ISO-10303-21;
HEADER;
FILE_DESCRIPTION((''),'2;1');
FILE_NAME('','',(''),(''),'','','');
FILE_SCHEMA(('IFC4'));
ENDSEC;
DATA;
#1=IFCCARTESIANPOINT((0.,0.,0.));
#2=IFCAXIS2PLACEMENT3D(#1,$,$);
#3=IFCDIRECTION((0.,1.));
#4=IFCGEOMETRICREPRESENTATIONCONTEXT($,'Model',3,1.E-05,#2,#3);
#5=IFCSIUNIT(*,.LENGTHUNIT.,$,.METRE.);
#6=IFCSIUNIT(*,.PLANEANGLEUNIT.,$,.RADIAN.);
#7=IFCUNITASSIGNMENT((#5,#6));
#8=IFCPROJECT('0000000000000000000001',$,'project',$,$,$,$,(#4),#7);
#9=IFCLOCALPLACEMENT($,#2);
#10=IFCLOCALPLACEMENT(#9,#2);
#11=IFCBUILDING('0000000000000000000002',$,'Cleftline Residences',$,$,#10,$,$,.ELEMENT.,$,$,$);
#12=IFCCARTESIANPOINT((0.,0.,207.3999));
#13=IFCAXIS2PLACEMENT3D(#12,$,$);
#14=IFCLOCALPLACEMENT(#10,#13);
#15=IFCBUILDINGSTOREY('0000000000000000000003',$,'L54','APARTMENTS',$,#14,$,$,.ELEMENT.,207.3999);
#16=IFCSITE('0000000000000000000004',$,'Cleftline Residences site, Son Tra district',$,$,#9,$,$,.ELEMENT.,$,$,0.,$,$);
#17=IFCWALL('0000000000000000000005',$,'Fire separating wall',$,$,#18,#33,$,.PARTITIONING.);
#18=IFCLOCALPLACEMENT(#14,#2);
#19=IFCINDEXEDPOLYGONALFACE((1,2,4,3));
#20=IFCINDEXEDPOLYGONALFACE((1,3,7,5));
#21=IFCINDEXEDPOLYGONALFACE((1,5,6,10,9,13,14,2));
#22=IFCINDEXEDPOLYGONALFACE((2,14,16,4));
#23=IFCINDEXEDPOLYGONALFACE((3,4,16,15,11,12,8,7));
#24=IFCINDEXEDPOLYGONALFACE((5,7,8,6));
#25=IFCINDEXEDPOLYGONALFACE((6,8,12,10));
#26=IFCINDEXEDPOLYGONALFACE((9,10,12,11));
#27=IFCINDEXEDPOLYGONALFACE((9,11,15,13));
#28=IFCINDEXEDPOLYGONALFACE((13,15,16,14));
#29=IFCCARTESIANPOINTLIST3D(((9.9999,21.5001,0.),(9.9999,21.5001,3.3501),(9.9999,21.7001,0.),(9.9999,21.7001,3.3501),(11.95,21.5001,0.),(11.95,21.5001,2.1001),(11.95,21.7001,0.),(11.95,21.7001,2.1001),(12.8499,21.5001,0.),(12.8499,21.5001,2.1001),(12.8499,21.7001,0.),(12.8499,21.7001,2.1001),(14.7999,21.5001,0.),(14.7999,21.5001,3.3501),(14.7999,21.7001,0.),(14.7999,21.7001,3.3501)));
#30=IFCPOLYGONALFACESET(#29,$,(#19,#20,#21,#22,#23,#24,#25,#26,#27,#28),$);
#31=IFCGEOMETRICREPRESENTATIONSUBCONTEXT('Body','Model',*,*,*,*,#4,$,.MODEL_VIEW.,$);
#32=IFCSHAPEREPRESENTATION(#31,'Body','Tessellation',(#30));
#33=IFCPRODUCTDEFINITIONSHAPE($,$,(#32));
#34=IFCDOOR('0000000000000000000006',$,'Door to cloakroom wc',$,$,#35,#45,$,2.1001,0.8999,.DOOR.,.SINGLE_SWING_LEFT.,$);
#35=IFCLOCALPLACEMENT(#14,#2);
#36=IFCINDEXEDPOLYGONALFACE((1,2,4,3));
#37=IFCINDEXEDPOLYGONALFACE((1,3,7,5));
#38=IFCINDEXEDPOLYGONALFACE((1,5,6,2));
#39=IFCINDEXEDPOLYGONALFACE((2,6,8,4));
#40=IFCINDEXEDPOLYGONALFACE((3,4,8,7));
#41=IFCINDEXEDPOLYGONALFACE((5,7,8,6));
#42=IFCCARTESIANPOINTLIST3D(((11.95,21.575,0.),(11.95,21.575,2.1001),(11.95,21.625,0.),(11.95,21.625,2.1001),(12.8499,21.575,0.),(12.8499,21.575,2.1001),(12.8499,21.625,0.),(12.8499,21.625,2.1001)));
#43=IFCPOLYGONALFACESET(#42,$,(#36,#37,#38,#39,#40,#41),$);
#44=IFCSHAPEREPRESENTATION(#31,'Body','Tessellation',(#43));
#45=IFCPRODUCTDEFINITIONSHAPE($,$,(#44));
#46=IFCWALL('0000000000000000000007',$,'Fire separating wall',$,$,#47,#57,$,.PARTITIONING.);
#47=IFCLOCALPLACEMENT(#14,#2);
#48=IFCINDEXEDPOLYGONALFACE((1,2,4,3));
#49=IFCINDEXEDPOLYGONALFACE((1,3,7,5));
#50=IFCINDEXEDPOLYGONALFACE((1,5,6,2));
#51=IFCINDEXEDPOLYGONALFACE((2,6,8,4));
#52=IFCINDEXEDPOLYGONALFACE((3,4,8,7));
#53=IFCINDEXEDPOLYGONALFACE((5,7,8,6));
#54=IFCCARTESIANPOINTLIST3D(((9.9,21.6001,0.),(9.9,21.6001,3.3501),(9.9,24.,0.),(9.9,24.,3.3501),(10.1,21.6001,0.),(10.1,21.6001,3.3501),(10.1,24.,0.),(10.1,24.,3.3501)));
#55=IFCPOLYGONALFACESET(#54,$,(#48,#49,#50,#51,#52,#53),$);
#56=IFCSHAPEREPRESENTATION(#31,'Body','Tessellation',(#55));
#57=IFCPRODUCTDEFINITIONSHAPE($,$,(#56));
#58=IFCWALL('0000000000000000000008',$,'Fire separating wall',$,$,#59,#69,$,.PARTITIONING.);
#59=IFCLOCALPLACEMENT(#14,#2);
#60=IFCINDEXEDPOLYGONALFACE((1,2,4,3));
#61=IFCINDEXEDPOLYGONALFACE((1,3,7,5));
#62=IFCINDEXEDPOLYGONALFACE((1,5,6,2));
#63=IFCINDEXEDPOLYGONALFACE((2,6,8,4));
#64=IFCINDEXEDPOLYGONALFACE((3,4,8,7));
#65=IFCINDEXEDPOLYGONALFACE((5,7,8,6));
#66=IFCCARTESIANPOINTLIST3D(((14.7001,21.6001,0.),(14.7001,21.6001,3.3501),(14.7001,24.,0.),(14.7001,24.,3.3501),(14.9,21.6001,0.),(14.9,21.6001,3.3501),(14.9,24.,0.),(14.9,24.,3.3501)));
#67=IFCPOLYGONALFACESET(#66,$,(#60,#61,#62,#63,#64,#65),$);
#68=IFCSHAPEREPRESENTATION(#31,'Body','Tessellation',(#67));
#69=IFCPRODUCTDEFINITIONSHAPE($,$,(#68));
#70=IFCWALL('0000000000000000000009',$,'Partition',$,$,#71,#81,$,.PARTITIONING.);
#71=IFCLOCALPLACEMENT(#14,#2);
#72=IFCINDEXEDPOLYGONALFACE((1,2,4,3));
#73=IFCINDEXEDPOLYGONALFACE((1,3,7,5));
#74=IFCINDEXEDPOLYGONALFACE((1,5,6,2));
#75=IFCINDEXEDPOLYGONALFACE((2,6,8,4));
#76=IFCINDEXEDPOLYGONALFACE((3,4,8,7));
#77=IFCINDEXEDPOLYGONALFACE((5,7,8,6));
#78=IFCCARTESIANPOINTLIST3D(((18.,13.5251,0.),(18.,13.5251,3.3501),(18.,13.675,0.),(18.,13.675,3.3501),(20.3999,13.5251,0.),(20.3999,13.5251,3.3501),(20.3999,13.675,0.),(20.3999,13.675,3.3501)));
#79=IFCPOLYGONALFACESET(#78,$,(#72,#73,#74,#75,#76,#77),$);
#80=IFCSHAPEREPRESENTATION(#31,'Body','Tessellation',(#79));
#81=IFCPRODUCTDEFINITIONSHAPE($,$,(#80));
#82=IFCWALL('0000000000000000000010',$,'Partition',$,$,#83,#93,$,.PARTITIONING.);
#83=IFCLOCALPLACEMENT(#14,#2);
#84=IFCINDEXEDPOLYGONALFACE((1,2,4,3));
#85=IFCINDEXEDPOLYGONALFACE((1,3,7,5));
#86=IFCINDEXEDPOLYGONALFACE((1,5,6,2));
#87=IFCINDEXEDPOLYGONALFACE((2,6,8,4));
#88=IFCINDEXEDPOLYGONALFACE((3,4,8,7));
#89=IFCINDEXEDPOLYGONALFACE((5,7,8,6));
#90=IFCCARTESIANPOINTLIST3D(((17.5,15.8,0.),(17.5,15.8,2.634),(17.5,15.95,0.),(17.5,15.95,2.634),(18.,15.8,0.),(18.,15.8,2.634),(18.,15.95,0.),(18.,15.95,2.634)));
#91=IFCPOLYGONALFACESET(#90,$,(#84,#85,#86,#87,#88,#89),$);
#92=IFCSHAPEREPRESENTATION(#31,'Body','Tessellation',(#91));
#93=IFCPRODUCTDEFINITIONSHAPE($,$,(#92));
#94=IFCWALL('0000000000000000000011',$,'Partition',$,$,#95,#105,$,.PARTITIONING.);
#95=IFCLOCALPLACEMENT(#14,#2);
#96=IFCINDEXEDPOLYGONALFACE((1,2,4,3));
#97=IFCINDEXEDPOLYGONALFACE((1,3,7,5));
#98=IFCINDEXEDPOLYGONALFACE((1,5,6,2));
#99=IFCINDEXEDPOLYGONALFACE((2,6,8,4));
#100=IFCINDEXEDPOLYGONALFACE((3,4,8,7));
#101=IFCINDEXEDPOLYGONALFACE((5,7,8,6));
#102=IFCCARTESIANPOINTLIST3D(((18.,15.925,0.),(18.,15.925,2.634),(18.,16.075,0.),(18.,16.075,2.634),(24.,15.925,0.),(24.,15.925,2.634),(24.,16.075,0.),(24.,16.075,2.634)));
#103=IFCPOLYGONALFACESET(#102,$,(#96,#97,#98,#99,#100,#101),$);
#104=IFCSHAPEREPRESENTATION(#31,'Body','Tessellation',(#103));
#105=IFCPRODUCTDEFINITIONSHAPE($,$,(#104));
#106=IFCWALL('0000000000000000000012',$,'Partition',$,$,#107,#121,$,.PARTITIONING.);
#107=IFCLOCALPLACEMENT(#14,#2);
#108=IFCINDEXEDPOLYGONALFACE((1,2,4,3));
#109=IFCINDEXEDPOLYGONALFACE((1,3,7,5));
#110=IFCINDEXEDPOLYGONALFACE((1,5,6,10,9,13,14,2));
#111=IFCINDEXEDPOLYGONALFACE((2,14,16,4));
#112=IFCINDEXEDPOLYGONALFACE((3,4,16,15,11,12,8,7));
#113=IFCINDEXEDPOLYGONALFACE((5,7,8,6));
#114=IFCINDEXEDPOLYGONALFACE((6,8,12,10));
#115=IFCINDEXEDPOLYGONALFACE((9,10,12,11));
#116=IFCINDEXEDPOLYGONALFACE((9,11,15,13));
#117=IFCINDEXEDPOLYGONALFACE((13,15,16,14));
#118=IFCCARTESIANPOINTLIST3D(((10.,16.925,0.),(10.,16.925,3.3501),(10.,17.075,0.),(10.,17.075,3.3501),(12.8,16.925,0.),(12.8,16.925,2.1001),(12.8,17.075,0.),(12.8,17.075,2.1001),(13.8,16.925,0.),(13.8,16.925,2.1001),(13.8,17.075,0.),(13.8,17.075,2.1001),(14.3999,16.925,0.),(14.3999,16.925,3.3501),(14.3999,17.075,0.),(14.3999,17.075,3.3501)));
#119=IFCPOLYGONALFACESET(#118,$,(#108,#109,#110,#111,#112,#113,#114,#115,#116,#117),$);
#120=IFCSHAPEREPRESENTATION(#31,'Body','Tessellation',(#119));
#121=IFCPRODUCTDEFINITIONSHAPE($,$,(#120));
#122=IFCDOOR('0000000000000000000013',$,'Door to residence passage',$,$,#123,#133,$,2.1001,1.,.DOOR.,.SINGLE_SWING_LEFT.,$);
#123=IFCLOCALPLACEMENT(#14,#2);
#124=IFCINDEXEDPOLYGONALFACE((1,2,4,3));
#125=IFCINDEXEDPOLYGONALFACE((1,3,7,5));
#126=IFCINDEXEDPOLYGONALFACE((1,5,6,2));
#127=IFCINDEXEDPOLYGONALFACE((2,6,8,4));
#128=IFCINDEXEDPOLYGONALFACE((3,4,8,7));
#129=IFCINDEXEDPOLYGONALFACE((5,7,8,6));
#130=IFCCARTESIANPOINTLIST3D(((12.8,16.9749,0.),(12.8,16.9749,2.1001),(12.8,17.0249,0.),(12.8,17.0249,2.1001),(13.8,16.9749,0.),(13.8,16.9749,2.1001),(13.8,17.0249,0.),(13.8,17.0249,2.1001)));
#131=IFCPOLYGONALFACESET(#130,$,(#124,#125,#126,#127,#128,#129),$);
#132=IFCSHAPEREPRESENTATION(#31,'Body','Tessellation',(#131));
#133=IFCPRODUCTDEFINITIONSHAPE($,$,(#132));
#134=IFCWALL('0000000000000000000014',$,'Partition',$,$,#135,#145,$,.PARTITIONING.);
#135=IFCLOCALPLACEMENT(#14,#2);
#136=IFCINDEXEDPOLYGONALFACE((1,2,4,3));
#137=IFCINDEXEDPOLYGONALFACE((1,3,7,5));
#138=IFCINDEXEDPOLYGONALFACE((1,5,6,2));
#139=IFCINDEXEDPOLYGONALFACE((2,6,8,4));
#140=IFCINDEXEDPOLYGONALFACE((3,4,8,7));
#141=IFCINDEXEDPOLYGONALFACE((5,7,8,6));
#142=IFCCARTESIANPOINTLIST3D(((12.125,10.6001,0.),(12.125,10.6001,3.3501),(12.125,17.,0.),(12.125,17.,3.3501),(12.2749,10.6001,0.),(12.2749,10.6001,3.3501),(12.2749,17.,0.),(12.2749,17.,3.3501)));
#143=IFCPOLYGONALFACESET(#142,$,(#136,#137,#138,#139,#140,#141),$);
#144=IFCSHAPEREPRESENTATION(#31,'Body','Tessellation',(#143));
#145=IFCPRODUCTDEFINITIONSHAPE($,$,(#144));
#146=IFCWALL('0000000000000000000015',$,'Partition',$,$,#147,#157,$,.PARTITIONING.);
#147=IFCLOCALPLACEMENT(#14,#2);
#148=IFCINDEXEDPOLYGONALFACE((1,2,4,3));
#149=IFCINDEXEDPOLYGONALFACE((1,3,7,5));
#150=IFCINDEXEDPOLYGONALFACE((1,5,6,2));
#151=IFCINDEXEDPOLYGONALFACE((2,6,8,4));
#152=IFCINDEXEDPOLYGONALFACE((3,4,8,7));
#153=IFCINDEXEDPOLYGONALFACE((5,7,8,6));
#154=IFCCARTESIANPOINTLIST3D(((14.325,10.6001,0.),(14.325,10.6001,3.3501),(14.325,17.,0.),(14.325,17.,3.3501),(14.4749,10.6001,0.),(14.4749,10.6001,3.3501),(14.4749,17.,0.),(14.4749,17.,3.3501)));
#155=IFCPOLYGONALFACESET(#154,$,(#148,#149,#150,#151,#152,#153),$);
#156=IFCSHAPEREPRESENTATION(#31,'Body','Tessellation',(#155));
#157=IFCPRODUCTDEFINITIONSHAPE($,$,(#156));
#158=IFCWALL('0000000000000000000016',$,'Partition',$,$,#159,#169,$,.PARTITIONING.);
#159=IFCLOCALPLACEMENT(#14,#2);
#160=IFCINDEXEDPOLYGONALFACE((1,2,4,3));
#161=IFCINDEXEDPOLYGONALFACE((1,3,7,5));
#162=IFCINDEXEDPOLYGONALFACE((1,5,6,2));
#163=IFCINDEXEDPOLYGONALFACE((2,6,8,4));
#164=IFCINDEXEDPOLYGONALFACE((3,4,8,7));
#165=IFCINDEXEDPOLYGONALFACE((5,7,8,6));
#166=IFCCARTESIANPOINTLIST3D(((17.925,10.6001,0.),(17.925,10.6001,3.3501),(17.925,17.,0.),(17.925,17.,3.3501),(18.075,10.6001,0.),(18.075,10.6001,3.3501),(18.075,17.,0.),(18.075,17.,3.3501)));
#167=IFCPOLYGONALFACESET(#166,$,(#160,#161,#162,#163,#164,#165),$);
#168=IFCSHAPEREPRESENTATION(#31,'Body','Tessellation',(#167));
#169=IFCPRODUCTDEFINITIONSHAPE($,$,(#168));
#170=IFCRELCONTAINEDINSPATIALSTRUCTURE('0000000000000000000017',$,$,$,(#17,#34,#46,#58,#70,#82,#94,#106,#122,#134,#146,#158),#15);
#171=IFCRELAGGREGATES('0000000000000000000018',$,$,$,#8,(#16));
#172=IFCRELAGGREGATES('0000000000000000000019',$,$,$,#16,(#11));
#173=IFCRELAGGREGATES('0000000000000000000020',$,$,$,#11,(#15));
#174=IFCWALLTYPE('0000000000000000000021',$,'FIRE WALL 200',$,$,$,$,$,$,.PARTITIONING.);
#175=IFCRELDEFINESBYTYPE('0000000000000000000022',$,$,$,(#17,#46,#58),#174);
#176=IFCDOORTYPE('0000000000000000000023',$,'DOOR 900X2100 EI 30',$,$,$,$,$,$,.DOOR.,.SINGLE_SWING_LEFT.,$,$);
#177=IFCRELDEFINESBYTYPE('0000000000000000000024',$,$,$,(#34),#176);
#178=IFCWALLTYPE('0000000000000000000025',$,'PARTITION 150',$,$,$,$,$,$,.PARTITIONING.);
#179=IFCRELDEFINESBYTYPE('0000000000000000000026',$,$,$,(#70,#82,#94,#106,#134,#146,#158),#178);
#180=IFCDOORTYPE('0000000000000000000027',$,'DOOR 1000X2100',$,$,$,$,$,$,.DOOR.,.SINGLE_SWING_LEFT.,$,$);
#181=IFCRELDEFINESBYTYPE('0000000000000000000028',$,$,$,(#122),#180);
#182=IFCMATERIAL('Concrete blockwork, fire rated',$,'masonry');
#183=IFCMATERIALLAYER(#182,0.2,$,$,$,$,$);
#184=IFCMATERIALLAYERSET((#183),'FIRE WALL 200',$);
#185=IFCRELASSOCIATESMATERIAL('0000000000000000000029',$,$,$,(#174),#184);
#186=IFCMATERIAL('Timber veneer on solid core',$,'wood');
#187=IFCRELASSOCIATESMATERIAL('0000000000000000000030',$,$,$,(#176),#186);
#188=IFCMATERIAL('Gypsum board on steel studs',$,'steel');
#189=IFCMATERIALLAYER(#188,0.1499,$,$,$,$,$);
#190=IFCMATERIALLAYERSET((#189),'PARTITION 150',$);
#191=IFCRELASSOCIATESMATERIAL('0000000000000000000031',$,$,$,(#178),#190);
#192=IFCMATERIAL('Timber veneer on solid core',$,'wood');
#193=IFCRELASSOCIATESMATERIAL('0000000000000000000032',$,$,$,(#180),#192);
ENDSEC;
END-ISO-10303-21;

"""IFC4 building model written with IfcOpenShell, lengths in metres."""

from ifc_helpers import new_model, si_unit, direction, frame, frame_2d, origin, place, context, subcontext, project, spatial, rectangle, extrude, material, layer, layer_set, type_object, element, fill, save


model = new_model("IFC4")

# Units and contexts
model_context = context("Model", 3, precision=1e-05, world=origin(), true_north=direction((0.0, 1.0)))
body_context = subcontext(model_context, "Body", "Model", "MODEL_VIEW")
ifc_project = project(units=[si_unit("LENGTHUNIT", "METRE"), si_unit("PLANEANGLEUNIT", "RADIAN")], contexts=[model_context])

# Site, building, storey
site_placement = place(None, origin())
site = spatial("IfcSite", under=ifc_project, at=site_placement, Name="Cleftline Residences site, Son Tra district", CompositionType="ELEMENT", RefElevation=0.0)
building_placement = place(site_placement, origin())
building = spatial("IfcBuilding", under=site, at=building_placement, Name="Cleftline Residences", CompositionType="ELEMENT")
storey_placement = place(building_placement, frame((0.0, 0.0, 207.3999)))
storey = spatial("IfcBuildingStorey", under=building, at=storey_placement, Name="L54", Description="APARTMENTS", CompositionType="ELEMENT", Elevation=207.3999)

# Shared definitions
ifc_material_1 = material(Name="Concrete blockwork, fire rated", Category="masonry")
ifc_layer_1 = layer(ifc_material_1, 0.2)
ifc_layer_set_1 = layer_set([ifc_layer_1], Name="FIRE WALL 200")
wall_type_1 = type_object("IfcWallType", Name="FIRE WALL 200", PredefinedType="PARTITIONING", material=ifc_layer_set_1)

# Wall, opening, door
wall_1_placement = place(storey_placement, frame((10.0, 21.6001, 0.0), z_axis=(0.0, 0.0, 1.0), x_axis=(1.0, 0.0, 0.0)))
wall_1 = element("IfcWall", 1, at=wall_1_placement, inside=storey, type_object=wall_type_1, Name="Fire separating wall", PredefinedType="PARTITIONING", context=body_context, shape_type="SweptSolid", body=[
    extrude(rectangle(XDim=4.8, YDim=0.2, at=frame_2d((2.3999, 0.0))), origin(), (0.0, 0.0, 1.0), 3.3501),
])
opening_1_placement = place(wall_1_placement, frame((1.95, 0.0, 0.0)))
opening_1 = element("IfcOpeningElement", 2, at=opening_1_placement, cuts=wall_1, PredefinedType="OPENING", context=body_context, shape_type="SweptSolid", body=[
    extrude(rectangle(XDim=0.8999, YDim=2.1001, at=frame_2d((0.45, 1.05))), frame((0.0, 0.1099, 0.0), z_axis=(0.0, -1.0, 0.0), x_axis=(1.0, 0.0, 0.0)), (0.0, 0.0, 1.0), 0.22),
])
ifc_material_2 = material(Name="Timber veneer on solid core", Category="wood")
door_type_1 = type_object("IfcDoorType", Name="DOOR 900X2100 EI 30", OperationType="SINGLE_SWING_LEFT", PredefinedType="DOOR", material=ifc_material_2)
door_1_placement = place(opening_1_placement, origin())
door_1 = element("IfcDoor", 3, at=door_1_placement, inside=storey, type_object=door_type_1, Name="Door to cloakroom wc", OperationType="SINGLE_SWING_LEFT", OverallHeight=2.1001, OverallWidth=0.8999, PredefinedType="DOOR", context=body_context, shape_type="SweptSolid", body=[
    extrude(rectangle(XDim=0.8999, YDim=2.1001, at=frame_2d((0.45, 1.05))), frame((0.0, 0.0249, 0.0), z_axis=(0.0, -1.0, 0.0), x_axis=(1.0, 0.0, 0.0)), (0.0, 0.0, 1.0), 0.05),
])
fill(opening_1, door_1)

# Walls
for number, where, z_axis, x_axis, name in (
    (4, (10.0, 21.6001, 0.0), (0.0, 0.0, 1.0), (0.0, 1.0, 0.0), "Fire separating wall"),
    (5, (14.8, 21.6001, 0.0), (0.0, 0.0, 1.0), (0.0, 1.0, 0.0), "Fire separating wall"),
):
    element("IfcWall", number, at=place(storey_placement, frame(where, z_axis=z_axis, x_axis=x_axis)), inside=storey, type_object=wall_type_1, Name=name, PredefinedType="PARTITIONING", context=body_context, shape_type="SweptSolid", body=[
        extrude(rectangle(XDim=2.3999, YDim=0.2, at=frame_2d((1.2, 0.0))), origin(), (0.0, 0.0, 1.0), 3.3501),
    ])

# Walls
ifc_material_3 = material(Name="Gypsum board on steel studs", Category="steel")
ifc_layer_2 = layer(ifc_material_3, 0.1499)
ifc_layer_set_2 = layer_set([ifc_layer_2], Name="PARTITION 150")
wall_type_2 = type_object("IfcWallType", Name="PARTITION 150", PredefinedType="PARTITIONING", material=ifc_layer_set_2)
wall_2_placement = place(storey_placement, frame((18.0, 13.6001, 0.0), z_axis=(0.0, 0.0, 1.0), x_axis=(1.0, 0.0, 0.0)))
element("IfcWall", 6, at=wall_2_placement, inside=storey, type_object=wall_type_2, Name="Partition", PredefinedType="PARTITIONING", context=body_context, shape_type="SweptSolid", body=[
    extrude(rectangle(XDim=2.3999, YDim=0.1499, at=frame_2d((1.2, 0.0))), origin(), (0.0, 0.0, 1.0), 3.3501),
])
wall_3_placement = place(storey_placement, frame((17.5, 15.875, 0.0), z_axis=(0.0, 0.0, 1.0), x_axis=(1.0, 0.0, 0.0)))
element("IfcWall", 7, at=wall_3_placement, inside=storey, type_object=wall_type_2, Name="Partition", PredefinedType="PARTITIONING", context=body_context, shape_type="SweptSolid", body=[
    extrude(rectangle(XDim=0.5, YDim=0.1499, at=frame_2d((0.25, 0.0))), origin(), (0.0, 0.0, 1.0), 2.634),
])
wall_4_placement = place(storey_placement, frame((18.0, 16.0, 0.0), z_axis=(0.0, 0.0, 1.0), x_axis=(1.0, 0.0, 0.0)))
element("IfcWall", 8, at=wall_4_placement, inside=storey, type_object=wall_type_2, Name="Partition", PredefinedType="PARTITIONING", context=body_context, shape_type="SweptSolid", body=[
    extrude(rectangle(XDim=6.0, YDim=0.1499, at=frame_2d((3.0, 0.0))), origin(), (0.0, 0.0, 1.0), 2.634),
])

# Wall, opening, door
wall_5_placement = place(storey_placement, frame((10.0, 17.0, 0.0), z_axis=(0.0, 0.0, 1.0), x_axis=(1.0, 0.0, 0.0)))
wall_5 = element("IfcWall", 9, at=wall_5_placement, inside=storey, type_object=wall_type_2, Name="Partition", PredefinedType="PARTITIONING", context=body_context, shape_type="SweptSolid", body=[
    extrude(rectangle(XDim=4.3999, YDim=0.1499, at=frame_2d((2.2, 0.0))), origin(), (0.0, 0.0, 1.0), 3.3501),
])
opening_2_placement = place(wall_5_placement, frame((2.8, 0.0, 0.0)))
opening_2 = element("IfcOpeningElement", 10, at=opening_2_placement, cuts=wall_5, PredefinedType="OPENING", context=body_context, shape_type="SweptSolid", body=[
    extrude(rectangle(XDim=1.0, YDim=2.1001, at=frame_2d((0.5, 1.05))), frame((0.0, 0.085, 0.0), z_axis=(0.0, -1.0, 0.0), x_axis=(1.0, 0.0, 0.0)), (0.0, 0.0, 1.0), 0.1699),
])
ifc_material_4 = material(Name="Timber veneer on solid core", Category="wood")
door_type_2 = type_object("IfcDoorType", Name="DOOR 1000X2100", OperationType="SINGLE_SWING_LEFT", PredefinedType="DOOR", material=ifc_material_4)
door_2_placement = place(opening_2_placement, origin())
door_2 = element("IfcDoor", 11, at=door_2_placement, inside=storey, type_object=door_type_2, Name="Door to residence passage", OperationType="SINGLE_SWING_LEFT", OverallHeight=2.1001, OverallWidth=1.0, PredefinedType="DOOR", context=body_context, shape_type="SweptSolid", body=[
    extrude(rectangle(XDim=1.0, YDim=2.1001, at=frame_2d((0.5, 1.05))), frame((0.0, 0.0249, 0.0), z_axis=(0.0, -1.0, 0.0), x_axis=(1.0, 0.0, 0.0)), (0.0, 0.0, 1.0), 0.05),
])
fill(opening_2, door_2)

# Walls
for number, where, z_axis, x_axis, name in (
    (12, (12.2, 10.6001, 0.0), (0.0, 0.0, 1.0), (0.0, 1.0, 0.0), "Partition"),
    (13, (14.3999, 10.6001, 0.0), (0.0, 0.0, 1.0), (0.0, 1.0, 0.0), "Partition"),
    (14, (18.0, 10.6001, 0.0), (0.0, 0.0, 1.0), (0.0, 1.0, 0.0), "Partition"),
):
    element("IfcWall", number, at=place(storey_placement, frame(where, z_axis=z_axis, x_axis=x_axis)), inside=storey, type_object=wall_type_2, Name=name, PredefinedType="PARTITIONING", context=body_context, shape_type="SweptSolid", body=[
        extrude(rectangle(XDim=6.3999, YDim=0.1499, at=frame_2d((3.2, 0.0))), origin(), (0.0, 0.0, 1.0), 3.3501),
    ])

save(model, "model.ifc")
